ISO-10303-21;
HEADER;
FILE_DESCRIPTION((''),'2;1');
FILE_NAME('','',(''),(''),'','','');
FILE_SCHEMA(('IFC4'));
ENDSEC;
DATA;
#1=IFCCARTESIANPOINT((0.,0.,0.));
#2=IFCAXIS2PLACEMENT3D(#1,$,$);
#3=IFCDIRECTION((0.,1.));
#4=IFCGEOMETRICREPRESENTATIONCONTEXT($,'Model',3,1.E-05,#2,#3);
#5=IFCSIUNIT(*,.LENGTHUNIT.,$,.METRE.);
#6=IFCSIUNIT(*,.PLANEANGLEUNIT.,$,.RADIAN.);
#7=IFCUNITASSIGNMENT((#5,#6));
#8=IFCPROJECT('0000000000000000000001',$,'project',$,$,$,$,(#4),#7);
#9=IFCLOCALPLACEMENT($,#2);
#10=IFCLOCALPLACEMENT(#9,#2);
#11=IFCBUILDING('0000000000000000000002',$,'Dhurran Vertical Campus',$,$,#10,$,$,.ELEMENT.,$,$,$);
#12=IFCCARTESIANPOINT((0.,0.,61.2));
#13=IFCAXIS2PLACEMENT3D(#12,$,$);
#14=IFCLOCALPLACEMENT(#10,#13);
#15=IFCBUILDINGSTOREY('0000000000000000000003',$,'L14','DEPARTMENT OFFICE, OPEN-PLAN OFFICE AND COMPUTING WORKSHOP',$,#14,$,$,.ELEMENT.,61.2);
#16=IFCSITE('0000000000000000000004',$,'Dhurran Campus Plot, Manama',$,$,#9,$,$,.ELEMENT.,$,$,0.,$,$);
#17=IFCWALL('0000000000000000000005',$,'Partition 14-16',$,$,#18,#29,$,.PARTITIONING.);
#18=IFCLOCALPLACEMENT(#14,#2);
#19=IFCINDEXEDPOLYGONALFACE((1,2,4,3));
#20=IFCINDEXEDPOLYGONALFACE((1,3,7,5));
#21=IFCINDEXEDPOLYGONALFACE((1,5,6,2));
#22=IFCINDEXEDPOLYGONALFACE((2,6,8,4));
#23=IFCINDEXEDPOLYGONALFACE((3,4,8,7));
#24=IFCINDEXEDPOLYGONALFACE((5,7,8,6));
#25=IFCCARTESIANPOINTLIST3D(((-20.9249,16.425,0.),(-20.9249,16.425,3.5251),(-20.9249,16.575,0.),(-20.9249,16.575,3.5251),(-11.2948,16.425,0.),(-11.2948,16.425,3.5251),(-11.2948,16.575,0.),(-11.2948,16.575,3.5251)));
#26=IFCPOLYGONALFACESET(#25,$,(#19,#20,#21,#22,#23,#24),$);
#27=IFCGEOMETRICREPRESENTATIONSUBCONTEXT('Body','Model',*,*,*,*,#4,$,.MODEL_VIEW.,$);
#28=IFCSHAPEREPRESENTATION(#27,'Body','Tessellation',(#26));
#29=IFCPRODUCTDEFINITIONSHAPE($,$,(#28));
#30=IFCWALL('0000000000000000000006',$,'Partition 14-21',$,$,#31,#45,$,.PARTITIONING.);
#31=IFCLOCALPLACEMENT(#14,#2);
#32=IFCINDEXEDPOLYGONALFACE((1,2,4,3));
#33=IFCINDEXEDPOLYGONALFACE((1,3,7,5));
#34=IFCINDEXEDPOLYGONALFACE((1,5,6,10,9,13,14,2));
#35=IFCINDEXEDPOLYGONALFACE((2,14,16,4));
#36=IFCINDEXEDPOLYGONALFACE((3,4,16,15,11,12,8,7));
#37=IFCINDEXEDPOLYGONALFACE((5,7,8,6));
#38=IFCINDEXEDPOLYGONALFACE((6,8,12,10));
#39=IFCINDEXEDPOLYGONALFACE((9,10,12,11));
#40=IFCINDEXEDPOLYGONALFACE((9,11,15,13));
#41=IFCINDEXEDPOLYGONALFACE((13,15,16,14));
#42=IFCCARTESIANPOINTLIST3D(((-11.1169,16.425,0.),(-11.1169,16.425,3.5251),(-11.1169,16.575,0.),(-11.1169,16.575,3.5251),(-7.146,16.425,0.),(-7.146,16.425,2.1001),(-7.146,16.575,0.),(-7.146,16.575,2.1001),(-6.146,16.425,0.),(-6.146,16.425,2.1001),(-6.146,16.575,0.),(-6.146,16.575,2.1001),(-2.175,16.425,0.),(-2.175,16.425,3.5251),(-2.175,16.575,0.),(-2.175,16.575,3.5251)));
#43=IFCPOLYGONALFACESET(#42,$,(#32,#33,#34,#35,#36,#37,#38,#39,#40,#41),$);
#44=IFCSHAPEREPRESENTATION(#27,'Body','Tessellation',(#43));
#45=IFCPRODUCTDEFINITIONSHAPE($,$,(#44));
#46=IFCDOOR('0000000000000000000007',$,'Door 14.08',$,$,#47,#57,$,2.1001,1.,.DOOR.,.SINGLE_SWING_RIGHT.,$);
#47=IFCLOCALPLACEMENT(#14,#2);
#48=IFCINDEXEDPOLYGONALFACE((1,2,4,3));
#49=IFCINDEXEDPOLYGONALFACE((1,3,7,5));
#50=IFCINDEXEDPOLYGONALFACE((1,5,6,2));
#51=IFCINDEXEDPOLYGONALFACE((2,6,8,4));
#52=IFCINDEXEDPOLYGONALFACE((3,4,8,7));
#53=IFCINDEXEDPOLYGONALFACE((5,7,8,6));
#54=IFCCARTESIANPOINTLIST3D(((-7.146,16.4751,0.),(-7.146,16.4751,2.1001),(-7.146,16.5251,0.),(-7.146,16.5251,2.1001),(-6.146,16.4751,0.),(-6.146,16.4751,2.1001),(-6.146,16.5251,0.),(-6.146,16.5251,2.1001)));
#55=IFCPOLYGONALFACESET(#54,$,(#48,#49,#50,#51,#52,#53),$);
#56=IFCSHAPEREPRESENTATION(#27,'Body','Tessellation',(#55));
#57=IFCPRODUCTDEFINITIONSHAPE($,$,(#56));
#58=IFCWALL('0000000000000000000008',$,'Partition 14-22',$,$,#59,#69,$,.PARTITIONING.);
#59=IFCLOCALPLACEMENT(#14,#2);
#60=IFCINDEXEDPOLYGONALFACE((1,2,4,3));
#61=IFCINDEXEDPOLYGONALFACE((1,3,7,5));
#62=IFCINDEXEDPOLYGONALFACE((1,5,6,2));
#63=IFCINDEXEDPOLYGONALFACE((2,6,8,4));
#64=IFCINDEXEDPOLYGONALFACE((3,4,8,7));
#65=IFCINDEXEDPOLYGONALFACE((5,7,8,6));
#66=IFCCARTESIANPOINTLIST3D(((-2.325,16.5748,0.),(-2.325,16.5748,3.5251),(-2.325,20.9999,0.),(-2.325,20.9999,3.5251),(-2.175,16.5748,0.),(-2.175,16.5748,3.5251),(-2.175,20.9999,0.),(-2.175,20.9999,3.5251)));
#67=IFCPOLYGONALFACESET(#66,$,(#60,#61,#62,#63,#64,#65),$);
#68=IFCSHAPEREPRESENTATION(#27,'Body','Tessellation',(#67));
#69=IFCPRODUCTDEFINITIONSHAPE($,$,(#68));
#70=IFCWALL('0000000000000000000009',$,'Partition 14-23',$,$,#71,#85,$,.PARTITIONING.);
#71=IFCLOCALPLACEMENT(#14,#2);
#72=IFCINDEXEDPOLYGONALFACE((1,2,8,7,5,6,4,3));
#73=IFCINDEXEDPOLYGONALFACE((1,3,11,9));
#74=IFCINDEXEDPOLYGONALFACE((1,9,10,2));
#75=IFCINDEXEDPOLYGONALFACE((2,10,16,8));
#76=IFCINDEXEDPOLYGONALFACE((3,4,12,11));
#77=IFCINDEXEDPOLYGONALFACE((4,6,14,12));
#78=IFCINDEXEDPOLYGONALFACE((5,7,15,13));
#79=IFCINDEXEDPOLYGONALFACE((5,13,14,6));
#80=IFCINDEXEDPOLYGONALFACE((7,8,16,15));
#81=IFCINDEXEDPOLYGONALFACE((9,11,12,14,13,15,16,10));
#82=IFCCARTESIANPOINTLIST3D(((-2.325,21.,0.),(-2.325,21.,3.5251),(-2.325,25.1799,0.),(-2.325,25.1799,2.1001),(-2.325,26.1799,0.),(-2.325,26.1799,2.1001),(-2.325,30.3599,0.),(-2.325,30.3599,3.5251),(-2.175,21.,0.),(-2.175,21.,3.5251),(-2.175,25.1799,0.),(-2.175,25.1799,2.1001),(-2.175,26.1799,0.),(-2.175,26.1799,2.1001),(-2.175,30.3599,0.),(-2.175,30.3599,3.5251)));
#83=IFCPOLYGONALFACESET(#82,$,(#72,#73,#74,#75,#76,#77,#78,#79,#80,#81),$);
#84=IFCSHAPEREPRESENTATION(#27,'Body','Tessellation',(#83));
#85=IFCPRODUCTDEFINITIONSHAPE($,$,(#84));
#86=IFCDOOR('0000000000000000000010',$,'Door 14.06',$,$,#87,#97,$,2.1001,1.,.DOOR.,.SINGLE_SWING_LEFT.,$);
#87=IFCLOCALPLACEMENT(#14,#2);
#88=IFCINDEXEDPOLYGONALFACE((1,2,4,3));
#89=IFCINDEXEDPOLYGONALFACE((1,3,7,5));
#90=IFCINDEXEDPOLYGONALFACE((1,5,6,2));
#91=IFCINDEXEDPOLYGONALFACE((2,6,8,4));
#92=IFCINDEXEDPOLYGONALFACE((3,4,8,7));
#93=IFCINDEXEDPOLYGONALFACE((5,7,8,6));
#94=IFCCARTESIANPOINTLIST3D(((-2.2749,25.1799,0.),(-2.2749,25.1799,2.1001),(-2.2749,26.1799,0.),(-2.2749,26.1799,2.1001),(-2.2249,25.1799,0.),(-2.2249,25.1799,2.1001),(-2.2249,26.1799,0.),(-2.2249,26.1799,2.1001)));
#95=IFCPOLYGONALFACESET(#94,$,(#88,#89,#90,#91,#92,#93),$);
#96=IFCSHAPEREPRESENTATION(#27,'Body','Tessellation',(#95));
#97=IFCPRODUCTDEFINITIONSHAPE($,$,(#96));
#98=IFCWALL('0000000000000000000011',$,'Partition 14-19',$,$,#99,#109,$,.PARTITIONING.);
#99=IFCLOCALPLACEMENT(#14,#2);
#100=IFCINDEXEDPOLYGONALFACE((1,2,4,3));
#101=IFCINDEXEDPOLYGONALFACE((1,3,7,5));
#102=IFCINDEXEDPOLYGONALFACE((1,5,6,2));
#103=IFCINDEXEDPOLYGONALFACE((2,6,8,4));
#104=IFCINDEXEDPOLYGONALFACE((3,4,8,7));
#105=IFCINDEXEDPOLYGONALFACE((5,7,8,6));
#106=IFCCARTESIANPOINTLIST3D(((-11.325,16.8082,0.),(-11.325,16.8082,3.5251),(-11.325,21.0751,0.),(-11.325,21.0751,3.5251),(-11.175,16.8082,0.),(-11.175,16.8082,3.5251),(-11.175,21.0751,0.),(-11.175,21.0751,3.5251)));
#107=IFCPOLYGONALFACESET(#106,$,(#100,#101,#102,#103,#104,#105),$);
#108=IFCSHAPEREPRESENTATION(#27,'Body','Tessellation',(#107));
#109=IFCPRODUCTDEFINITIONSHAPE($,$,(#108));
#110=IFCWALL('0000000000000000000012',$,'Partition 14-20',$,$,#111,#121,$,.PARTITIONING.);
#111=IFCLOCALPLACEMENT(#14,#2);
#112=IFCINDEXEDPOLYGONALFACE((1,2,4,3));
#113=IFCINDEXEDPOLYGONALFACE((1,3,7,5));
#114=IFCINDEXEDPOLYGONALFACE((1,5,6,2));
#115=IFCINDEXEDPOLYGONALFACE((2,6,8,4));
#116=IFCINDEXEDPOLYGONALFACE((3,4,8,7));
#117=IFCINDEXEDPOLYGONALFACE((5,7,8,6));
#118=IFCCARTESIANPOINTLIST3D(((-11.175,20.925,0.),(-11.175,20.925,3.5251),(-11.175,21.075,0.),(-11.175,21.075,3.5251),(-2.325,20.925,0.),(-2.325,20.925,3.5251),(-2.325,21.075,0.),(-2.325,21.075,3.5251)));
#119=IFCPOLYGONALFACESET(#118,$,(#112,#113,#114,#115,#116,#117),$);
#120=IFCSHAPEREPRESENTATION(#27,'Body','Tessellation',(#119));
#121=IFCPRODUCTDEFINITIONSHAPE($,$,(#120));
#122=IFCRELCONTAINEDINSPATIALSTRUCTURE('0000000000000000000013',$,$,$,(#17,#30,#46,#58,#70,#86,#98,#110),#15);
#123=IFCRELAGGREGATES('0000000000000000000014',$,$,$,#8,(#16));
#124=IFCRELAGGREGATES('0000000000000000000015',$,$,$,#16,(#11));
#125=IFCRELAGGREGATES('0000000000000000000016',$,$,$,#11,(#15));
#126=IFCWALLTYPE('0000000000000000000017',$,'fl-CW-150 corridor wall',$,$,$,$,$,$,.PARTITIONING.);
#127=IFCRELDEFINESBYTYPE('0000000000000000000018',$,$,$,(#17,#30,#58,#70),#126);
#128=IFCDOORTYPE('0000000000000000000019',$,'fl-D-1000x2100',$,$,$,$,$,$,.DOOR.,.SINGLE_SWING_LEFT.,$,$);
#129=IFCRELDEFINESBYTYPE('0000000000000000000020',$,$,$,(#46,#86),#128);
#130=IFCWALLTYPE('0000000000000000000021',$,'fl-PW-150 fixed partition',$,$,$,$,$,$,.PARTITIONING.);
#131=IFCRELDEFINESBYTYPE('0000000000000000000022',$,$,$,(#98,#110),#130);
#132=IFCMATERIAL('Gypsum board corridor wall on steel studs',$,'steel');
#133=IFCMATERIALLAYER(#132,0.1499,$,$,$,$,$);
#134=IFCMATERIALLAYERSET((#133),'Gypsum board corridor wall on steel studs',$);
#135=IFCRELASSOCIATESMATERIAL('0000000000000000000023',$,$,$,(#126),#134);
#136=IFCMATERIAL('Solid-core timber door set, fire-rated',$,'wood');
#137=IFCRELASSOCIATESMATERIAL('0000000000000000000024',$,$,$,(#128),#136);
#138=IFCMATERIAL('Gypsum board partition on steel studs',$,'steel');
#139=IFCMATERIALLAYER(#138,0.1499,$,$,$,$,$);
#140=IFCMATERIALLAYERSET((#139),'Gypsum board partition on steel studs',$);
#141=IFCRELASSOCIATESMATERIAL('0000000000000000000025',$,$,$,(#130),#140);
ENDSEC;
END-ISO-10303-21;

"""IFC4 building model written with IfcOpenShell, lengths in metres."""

from ifc_helpers import new_model, si_unit, direction, frame, frame_2d, origin, place, context, subcontext, project, spatial, rectangle, extrude, material, layer, layer_set, type_object, element, fill, save


model = new_model("IFC4")

# Units and contexts
model_context = context("Model", 3, precision=1e-05, world=origin(), true_north=direction((0.0, 1.0)))
body_context = subcontext(model_context, "Body", "Model", "MODEL_VIEW")
ifc_project = project(units=[si_unit("LENGTHUNIT", "METRE"), si_unit("PLANEANGLEUNIT", "RADIAN")], contexts=[model_context])

# Site, building, storey
site_placement = place(None, origin())
site = spatial("IfcSite", under=ifc_project, at=site_placement, Name="Dhurran Campus Plot, Manama", CompositionType="ELEMENT", RefElevation=0.0)
building_placement = place(site_placement, origin())
building = spatial("IfcBuilding", under=site, at=building_placement, Name="Dhurran Vertical Campus", CompositionType="ELEMENT")
storey_placement = place(building_placement, frame((0.0, 0.0, 61.2)))
storey = spatial("IfcBuildingStorey", under=building, at=storey_placement, Name="L14", Description="DEPARTMENT OFFICE, OPEN-PLAN OFFICE AND COMPUTING WORKSHOP", CompositionType="ELEMENT", Elevation=61.2)

# Wall
ifc_material_1 = material(Name="Gypsum board corridor wall on steel studs", Category="steel")
ifc_layer_1 = layer(ifc_material_1, 0.1499)
ifc_layer_set_1 = layer_set([ifc_layer_1], Name="Gypsum board corridor wall on steel studs")
wall_type_1 = type_object("IfcWallType", Name="fl-CW-150 corridor wall", PredefinedType="PARTITIONING", material=ifc_layer_set_1)
wall_1_placement = place(storey_placement, frame((-11.2949, 16.5, 0.0), z_axis=(0.0, 0.0, 1.0), x_axis=(-1.0, 0.0, 0.0)))
element("IfcWall", 1, at=wall_1_placement, inside=storey, type_object=wall_type_1, Name="Partition 14-16", PredefinedType="PARTITIONING", context=body_context, shape_type="SweptSolid", body=[
    extrude(rectangle(XDim=9.6301, YDim=0.1499, at=frame_2d((4.8149, 0.0))), origin(), (0.0, 0.0, 1.0), 3.5251),
])

# Wall, opening, door
wall_2_placement = place(storey_placement, frame((-2.175, 16.5, 0.0), z_axis=(0.0, 0.0, 1.0), x_axis=(-1.0, 0.0, 0.0)))
wall_2 = element("IfcWall", 2, at=wall_2_placement, inside=storey, type_object=wall_type_1, Name="Partition 14-21", PredefinedType="PARTITIONING", context=body_context, shape_type="SweptSolid", body=[
    extrude(rectangle(XDim=8.9419, YDim=0.1499, at=frame_2d((4.4709, 0.0))), origin(), (0.0, 0.0, 1.0), 3.5251),
])
opening_1_placement = place(wall_2_placement, frame((3.9709, 0.0, 0.0)))
opening_1 = element("IfcOpeningElement", 3, at=opening_1_placement, cuts=wall_2, PredefinedType="OPENING", context=body_context, shape_type="SweptSolid", body=[
    extrude(rectangle(XDim=1.0, YDim=2.1001, at=frame_2d((0.5, 1.05))), frame((0.0, 0.085, 0.0), z_axis=(0.0, -1.0, 0.0), x_axis=(1.0, 0.0, 0.0)), (0.0, 0.0, 1.0), 0.1699),
])
ifc_material_2 = material(Name="Solid-core timber door set, fire-rated", Category="wood")
door_type_1 = type_object("IfcDoorType", Name="fl-D-1000x2100", OperationType="SINGLE_SWING_LEFT", PredefinedType="DOOR", material=ifc_material_2)
door_1_placement = place(opening_1_placement, origin())
door_1 = element("IfcDoor", 4, at=door_1_placement, inside=storey, type_object=door_type_1, Name="Door 14.08", OperationType="SINGLE_SWING_RIGHT", OverallHeight=2.1001, OverallWidth=1.0, PredefinedType="DOOR", context=body_context, shape_type="SweptSolid", body=[
    extrude(rectangle(XDim=1.0, YDim=2.1001, at=frame_2d((0.5, 1.05))), frame((0.0, 0.0249, 0.0), z_axis=(0.0, -1.0, 0.0), x_axis=(1.0, 0.0, 0.0)), (0.0, 0.0, 1.0), 0.05),
])
fill(opening_1, door_1)

# Wall
wall_3_placement = place(storey_placement, frame((-2.25, 16.575, 0.0), z_axis=(0.0, 0.0, 1.0), x_axis=(0.0, 1.0, 0.0)))
element("IfcWall", 5, at=wall_3_placement, inside=storey, type_object=wall_type_1, Name="Partition 14-22", PredefinedType="PARTITIONING", context=body_context, shape_type="SweptSolid", body=[
    extrude(rectangle(XDim=4.425, YDim=0.1499, at=frame_2d((2.2124, 0.0))), origin(), (0.0, 0.0, 1.0), 3.5251),
])

# Wall, opening, door
wall_4_placement = place(storey_placement, frame((-2.25, 21.0, 0.0), z_axis=(0.0, 0.0, 1.0), x_axis=(0.0, 1.0, 0.0)))
wall_4 = element("IfcWall", 6, at=wall_4_placement, inside=storey, type_object=wall_type_1, Name="Partition 14-23", PredefinedType="PARTITIONING", context=body_context, shape_type="SweptSolid", body=[
    extrude(rectangle(XDim=9.3599, YDim=0.1499, at=frame_2d((4.6799, 0.0))), origin(), (0.0, 0.0, 1.0), 3.5251),
])
opening_2_placement = place(wall_4_placement, frame((4.1799, 0.0, 0.0)))
opening_2 = element("IfcOpeningElement", 7, at=opening_2_placement, cuts=wall_4, PredefinedType="OPENING", context=body_context, shape_type="SweptSolid", body=[
    extrude(rectangle(XDim=1.0, YDim=2.1001, at=frame_2d((0.5, 1.05))), frame((0.0, 0.085, 0.0), z_axis=(0.0, -1.0, 0.0), x_axis=(1.0, 0.0, 0.0)), (0.0, 0.0, 1.0), 0.1699),
])
door_2_placement = place(opening_2_placement, origin())
door_2 = element("IfcDoor", 8, at=door_2_placement, inside=storey, type_object=door_type_1, Name="Door 14.06", OperationType="SINGLE_SWING_LEFT", OverallHeight=2.1001, OverallWidth=1.0, PredefinedType="DOOR", context=body_context, shape_type="SweptSolid", body=[
    extrude(rectangle(XDim=1.0, YDim=2.1001, at=frame_2d((0.5, 1.05))), frame((0.0, 0.0249, 0.0), z_axis=(0.0, -1.0, 0.0), x_axis=(1.0, 0.0, 0.0)), (0.0, 0.0, 1.0), 0.05),
])
fill(opening_2, door_2)

# Walls
ifc_material_3 = material(Name="Gypsum board partition on steel studs", Category="steel")
ifc_layer_2 = layer(ifc_material_3, 0.1499)
ifc_layer_set_2 = layer_set([ifc_layer_2], Name="Gypsum board partition on steel studs")
wall_type_2 = type_object("IfcWallType", Name="fl-PW-150 fixed partition", PredefinedType="PARTITIONING", material=ifc_layer_set_2)
wall_5_placement = place(storey_placement, frame((-11.25, 21.075, 0.0), z_axis=(0.0, 0.0, 1.0), x_axis=(0.0, -1.0, 0.0)))
element("IfcWall", 9, at=wall_5_placement, inside=storey, type_object=wall_type_2, Name="Partition 14-19", PredefinedType="PARTITIONING", context=body_context, shape_type="SweptSolid", body=[
    extrude(rectangle(XDim=4.2668, YDim=0.1499, at=frame_2d((2.1333, 0.0))), origin(), (0.0, 0.0, 1.0), 3.5251),
])
wall_6_placement = place(storey_placement, frame((-2.325, 21.0, 0.0), z_axis=(0.0, 0.0, 1.0), x_axis=(-1.0, 0.0, 0.0)))
element("IfcWall", 10, at=wall_6_placement, inside=storey, type_object=wall_type_2, Name="Partition 14-20", PredefinedType="PARTITIONING", context=body_context, shape_type="SweptSolid", body=[
    extrude(rectangle(XDim=8.8501, YDim=0.1499, at=frame_2d((4.425, 0.0))), origin(), (0.0, 0.0, 1.0), 3.5251),
])

save(model, "model.ifc")
